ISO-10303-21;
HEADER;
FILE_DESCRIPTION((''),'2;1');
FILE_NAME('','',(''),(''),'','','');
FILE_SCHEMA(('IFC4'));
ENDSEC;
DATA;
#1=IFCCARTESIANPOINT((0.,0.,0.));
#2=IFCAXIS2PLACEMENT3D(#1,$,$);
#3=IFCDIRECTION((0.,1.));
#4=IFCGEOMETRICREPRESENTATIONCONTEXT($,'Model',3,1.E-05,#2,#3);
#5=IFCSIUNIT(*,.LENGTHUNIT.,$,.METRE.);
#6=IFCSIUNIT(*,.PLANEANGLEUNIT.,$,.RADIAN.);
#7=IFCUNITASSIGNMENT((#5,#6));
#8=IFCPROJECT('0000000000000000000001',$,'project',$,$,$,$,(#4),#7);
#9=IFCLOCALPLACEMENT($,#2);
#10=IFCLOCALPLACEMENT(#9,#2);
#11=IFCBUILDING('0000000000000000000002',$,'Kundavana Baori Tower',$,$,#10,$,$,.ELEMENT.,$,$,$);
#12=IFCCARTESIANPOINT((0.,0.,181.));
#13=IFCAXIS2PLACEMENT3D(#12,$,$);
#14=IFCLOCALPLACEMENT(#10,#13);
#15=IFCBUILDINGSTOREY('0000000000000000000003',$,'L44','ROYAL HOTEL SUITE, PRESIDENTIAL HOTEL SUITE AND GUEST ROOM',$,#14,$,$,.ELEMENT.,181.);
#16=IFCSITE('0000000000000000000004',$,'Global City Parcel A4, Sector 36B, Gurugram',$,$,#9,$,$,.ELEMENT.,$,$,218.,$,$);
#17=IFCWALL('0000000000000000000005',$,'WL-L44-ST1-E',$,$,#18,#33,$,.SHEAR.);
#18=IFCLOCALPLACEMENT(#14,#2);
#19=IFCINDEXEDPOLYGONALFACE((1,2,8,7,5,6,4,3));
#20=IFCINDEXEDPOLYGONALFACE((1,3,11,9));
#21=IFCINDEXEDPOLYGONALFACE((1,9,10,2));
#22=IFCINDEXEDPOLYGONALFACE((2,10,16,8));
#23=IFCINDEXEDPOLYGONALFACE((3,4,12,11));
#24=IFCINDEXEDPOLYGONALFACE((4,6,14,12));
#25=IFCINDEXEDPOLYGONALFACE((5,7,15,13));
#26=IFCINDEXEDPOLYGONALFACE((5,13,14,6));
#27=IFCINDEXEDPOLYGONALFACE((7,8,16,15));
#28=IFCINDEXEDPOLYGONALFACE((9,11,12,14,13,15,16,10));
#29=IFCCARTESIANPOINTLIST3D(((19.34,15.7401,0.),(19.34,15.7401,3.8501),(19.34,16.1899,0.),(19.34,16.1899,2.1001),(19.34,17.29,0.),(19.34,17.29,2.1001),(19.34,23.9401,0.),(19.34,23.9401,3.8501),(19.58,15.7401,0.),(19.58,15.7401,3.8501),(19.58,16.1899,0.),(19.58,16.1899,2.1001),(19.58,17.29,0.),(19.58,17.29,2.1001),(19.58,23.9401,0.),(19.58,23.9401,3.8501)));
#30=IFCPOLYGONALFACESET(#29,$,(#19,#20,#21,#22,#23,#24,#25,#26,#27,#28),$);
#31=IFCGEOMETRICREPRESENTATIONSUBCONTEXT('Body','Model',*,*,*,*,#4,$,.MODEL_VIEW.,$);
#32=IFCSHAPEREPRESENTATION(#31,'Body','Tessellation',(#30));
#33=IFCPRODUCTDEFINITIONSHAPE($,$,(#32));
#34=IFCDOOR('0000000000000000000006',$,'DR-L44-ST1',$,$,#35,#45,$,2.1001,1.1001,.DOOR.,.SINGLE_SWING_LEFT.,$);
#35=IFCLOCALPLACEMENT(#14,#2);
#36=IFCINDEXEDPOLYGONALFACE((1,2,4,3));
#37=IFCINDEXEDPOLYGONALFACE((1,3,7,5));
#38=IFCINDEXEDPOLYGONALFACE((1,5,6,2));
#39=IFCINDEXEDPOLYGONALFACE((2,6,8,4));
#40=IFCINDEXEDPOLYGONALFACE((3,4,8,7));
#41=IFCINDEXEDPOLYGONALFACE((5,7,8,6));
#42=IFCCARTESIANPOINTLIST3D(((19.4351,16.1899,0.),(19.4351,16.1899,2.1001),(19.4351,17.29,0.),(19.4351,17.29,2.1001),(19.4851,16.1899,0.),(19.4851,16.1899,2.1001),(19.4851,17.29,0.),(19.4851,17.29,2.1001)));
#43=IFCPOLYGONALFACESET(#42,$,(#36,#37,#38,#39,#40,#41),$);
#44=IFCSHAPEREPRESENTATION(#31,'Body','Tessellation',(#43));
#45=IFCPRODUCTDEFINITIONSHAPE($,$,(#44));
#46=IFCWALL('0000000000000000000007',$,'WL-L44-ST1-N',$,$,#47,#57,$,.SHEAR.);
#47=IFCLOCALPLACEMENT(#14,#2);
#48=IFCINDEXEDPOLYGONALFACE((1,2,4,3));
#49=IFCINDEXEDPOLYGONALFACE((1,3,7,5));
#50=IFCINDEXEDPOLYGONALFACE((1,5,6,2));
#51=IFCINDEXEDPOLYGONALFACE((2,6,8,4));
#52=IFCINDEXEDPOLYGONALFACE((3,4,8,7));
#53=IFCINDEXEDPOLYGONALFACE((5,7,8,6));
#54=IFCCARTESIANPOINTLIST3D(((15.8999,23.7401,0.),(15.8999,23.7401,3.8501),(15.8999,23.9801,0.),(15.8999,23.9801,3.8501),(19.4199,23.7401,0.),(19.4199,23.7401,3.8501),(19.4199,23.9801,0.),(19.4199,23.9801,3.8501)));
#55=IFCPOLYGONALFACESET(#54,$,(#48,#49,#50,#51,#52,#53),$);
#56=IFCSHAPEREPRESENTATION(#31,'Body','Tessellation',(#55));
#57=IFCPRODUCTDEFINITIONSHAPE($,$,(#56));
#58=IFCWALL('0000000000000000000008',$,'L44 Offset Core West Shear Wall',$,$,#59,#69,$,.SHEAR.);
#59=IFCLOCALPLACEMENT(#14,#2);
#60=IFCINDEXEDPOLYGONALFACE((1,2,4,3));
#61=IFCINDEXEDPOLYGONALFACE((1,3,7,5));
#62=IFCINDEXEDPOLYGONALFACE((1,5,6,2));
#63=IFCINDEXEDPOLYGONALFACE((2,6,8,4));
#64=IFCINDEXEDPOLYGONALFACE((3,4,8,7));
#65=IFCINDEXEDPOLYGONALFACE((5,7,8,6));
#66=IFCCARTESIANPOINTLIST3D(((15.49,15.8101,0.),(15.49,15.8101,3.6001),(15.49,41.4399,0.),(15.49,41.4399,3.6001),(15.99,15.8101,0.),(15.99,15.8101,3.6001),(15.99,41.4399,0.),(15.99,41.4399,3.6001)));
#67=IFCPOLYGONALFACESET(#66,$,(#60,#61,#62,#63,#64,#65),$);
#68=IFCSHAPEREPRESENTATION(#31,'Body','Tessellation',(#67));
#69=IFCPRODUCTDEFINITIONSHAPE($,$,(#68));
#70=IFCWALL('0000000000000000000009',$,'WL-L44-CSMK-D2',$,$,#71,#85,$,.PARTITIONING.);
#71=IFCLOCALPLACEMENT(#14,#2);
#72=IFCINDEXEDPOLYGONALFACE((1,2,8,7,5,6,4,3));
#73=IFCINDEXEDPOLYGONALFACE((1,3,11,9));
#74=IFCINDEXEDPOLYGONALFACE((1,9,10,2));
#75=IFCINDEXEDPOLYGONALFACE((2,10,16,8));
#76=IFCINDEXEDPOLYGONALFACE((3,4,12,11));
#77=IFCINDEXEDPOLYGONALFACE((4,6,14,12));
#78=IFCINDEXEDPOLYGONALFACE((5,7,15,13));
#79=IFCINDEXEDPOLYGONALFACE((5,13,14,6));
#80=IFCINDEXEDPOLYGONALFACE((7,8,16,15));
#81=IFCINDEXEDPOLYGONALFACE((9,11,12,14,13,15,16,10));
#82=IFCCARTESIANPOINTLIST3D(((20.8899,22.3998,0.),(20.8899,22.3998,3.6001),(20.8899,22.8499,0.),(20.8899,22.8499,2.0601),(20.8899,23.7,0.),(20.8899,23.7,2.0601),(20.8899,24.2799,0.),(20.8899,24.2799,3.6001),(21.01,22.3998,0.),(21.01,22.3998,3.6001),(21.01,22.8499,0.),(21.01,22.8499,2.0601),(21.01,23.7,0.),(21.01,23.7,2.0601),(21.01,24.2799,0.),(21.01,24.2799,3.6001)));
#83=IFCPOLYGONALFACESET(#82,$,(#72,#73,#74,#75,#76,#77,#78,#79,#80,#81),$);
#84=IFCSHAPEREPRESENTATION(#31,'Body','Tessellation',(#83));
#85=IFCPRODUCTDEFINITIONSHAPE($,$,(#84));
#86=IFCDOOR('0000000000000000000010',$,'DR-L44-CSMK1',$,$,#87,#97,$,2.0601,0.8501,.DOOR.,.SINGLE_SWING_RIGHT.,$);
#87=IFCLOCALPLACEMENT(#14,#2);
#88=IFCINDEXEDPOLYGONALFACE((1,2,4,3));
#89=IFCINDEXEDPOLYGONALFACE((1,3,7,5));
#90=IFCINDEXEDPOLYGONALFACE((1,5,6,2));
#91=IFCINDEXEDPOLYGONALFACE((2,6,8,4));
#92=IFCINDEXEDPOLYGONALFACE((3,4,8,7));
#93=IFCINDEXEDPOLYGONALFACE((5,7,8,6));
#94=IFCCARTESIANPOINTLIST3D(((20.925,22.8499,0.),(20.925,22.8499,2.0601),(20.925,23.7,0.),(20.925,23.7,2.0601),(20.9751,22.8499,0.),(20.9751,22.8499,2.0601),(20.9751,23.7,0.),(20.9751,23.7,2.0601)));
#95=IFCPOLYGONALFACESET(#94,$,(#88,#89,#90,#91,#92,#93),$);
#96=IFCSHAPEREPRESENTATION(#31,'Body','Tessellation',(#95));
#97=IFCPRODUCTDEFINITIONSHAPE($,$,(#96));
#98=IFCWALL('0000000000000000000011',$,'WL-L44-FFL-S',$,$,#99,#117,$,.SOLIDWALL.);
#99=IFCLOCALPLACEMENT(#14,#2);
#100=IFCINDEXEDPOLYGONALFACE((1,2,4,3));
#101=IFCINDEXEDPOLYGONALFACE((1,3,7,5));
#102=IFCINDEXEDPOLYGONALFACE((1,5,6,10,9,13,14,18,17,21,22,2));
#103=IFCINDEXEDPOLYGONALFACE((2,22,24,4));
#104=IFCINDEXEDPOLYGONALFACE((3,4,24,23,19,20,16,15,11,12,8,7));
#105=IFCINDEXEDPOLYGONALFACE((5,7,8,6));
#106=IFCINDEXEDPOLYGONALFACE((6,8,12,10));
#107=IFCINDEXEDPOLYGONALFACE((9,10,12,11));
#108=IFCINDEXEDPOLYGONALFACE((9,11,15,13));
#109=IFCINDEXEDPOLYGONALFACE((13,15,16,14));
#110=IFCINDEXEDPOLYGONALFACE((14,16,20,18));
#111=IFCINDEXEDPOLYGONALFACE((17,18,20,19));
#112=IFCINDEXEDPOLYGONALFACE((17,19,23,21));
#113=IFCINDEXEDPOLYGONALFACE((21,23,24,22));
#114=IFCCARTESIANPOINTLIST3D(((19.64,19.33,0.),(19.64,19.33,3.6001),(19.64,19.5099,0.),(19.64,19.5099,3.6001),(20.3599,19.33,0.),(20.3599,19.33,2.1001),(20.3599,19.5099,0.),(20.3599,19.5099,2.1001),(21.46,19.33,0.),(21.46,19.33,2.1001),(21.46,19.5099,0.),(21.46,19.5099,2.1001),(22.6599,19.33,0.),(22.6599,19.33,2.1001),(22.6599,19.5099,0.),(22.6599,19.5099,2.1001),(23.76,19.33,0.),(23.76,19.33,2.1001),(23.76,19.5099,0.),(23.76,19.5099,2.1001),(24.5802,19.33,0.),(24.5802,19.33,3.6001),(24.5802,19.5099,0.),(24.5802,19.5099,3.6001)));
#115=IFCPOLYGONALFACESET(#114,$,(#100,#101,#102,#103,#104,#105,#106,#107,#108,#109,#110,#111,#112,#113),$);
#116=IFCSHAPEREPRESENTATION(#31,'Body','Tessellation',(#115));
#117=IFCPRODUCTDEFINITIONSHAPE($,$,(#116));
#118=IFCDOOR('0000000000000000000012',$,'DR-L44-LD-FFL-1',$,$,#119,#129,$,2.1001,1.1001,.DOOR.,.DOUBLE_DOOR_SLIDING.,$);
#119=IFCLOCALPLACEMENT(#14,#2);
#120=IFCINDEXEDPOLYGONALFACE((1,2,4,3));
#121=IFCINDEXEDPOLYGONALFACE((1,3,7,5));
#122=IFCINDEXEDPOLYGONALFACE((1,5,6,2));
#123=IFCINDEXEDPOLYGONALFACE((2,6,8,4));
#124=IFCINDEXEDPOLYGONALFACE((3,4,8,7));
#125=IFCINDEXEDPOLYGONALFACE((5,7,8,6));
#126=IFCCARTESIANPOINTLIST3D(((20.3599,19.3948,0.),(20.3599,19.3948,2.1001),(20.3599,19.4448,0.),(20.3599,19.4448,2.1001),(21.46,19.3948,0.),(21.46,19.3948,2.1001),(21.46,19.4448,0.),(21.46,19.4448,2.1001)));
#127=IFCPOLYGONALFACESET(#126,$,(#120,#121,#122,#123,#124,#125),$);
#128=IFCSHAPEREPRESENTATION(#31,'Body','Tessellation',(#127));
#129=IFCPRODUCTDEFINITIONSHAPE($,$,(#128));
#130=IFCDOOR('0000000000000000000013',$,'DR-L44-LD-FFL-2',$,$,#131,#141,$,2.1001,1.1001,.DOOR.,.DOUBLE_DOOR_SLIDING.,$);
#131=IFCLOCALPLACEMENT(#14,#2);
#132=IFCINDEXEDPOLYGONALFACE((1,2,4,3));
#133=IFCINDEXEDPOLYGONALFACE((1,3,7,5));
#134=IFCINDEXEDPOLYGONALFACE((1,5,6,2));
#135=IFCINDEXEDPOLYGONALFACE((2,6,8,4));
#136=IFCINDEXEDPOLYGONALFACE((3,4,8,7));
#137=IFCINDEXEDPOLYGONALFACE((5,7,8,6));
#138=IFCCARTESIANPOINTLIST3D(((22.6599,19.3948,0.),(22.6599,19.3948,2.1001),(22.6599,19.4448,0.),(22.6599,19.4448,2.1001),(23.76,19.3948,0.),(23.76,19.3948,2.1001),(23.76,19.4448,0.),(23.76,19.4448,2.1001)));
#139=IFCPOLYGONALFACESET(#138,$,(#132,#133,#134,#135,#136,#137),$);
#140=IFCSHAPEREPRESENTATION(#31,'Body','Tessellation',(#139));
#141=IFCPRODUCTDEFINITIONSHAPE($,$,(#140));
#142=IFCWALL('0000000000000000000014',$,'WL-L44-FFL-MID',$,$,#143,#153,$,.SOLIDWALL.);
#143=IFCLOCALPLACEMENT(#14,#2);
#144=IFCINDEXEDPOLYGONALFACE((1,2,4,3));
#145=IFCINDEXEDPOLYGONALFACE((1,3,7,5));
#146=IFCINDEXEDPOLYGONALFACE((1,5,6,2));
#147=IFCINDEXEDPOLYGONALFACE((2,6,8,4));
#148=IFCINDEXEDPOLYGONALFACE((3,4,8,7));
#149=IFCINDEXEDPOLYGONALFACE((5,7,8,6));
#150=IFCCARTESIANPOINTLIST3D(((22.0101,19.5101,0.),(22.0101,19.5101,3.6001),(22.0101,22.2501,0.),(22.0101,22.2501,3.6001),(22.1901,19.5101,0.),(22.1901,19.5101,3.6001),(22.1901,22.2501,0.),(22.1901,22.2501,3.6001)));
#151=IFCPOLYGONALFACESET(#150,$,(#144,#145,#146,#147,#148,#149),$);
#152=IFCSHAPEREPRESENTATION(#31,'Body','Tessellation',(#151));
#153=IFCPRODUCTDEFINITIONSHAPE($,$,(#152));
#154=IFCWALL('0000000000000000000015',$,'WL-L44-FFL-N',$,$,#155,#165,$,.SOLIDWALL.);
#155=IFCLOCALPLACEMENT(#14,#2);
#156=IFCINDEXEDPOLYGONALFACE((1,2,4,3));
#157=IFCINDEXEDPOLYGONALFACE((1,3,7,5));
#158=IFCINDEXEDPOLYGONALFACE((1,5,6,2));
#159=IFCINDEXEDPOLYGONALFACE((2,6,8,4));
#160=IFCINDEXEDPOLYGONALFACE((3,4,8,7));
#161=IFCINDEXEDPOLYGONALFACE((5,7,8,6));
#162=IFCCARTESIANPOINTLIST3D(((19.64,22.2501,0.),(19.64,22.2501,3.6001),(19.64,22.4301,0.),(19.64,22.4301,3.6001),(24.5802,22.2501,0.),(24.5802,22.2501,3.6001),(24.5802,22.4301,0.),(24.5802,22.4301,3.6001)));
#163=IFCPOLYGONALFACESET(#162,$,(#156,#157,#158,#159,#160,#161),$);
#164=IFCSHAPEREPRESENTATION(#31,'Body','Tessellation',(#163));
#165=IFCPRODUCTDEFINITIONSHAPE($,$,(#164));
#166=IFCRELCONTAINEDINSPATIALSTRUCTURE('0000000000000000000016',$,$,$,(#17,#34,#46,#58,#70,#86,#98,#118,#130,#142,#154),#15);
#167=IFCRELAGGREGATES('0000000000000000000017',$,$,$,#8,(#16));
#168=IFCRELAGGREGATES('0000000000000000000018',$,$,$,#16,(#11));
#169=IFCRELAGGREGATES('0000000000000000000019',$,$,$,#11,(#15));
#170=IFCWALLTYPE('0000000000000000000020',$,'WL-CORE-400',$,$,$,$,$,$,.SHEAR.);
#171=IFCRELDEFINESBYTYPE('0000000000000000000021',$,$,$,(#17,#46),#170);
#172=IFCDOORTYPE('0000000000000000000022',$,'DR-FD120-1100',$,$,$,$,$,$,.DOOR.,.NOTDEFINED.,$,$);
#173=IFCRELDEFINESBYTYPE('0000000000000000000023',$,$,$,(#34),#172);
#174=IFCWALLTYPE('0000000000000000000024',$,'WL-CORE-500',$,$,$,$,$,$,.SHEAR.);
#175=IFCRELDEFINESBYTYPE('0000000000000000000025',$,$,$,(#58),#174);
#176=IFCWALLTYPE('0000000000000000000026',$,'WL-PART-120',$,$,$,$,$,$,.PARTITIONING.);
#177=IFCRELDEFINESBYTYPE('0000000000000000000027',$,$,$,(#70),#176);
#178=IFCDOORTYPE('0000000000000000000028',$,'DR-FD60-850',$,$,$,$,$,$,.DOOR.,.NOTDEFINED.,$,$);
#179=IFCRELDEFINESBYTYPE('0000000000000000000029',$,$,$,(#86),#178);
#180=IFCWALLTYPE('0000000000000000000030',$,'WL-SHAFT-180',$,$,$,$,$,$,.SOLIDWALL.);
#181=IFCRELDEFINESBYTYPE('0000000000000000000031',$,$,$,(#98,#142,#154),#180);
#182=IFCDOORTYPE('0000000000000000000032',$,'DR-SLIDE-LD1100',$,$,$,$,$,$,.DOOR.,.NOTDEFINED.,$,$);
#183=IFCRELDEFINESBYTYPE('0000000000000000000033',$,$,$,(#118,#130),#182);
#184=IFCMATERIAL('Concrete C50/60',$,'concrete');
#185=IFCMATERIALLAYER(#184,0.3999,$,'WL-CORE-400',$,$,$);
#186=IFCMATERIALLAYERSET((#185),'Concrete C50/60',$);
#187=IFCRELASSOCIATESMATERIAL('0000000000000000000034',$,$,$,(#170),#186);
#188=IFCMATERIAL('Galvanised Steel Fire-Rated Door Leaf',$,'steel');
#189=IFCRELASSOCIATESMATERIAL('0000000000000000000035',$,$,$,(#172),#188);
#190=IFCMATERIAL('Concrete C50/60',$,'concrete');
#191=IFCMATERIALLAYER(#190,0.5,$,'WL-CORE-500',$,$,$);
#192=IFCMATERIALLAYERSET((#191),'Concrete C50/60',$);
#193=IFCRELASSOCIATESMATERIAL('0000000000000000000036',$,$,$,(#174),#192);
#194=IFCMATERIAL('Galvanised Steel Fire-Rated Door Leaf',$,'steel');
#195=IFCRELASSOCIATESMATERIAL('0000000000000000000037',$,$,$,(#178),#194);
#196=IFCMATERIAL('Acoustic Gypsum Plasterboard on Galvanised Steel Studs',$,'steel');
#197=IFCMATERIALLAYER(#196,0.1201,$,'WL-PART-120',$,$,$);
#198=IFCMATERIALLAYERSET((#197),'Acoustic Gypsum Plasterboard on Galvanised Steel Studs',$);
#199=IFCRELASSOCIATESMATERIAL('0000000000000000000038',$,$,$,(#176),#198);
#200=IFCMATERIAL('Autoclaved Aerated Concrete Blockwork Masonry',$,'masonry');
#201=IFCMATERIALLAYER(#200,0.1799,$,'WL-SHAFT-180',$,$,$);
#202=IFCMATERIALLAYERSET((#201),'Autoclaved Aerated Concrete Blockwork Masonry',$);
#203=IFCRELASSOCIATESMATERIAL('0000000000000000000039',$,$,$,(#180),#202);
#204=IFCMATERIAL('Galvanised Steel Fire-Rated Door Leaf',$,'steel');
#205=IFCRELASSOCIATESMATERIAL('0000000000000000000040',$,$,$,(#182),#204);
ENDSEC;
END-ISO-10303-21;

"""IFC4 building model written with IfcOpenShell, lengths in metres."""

from ifc_helpers import new_model, si_unit, direction, frame, frame_2d, origin, place, context, subcontext, project, spatial, rectangle, extrude, material, layer, layer_set, type_object, element, fill, save


model = new_model("IFC4")

# Units and contexts
model_context = context("Model", 3, precision=1e-05, world=origin(), true_north=direction((0.0, 1.0)))
body_context = subcontext(model_context, "Body", "Model", "MODEL_VIEW")
ifc_project = project(units=[si_unit("LENGTHUNIT", "METRE"), si_unit("PLANEANGLEUNIT", "RADIAN")], contexts=[model_context])

# Site, building, storey
site_placement = place(None, origin())
site = spatial("IfcSite", under=ifc_project, at=site_placement, Name="Global City Parcel A4, Sector 36B, Gurugram", CompositionType="ELEMENT", RefElevation=218.0)
building_placement = place(site_placement, origin())
building = spatial("IfcBuilding", under=site, at=building_placement, Name="Kundavana Baori Tower", CompositionType="ELEMENT")
storey_placement = place(building_placement, frame((0.0, 0.0, 181.0)))
storey = spatial("IfcBuildingStorey", under=building, at=storey_placement, Name="L44", Description="ROYAL HOTEL SUITE, PRESIDENTIAL HOTEL SUITE AND GUEST ROOM", CompositionType="ELEMENT", Elevation=181.0)

# Wall, opening, door
ifc_material_1 = material(Name="Concrete C50/60", Category="concrete")
ifc_layer_1 = layer(ifc_material_1, 0.3999, Name="WL-CORE-400")
ifc_layer_set_1 = layer_set([ifc_layer_1], Name="Concrete C50/60")
wall_type_1 = type_object("IfcWallType", Name="WL-CORE-400", PredefinedType="SHEAR", material=ifc_layer_set_1)
wall_1_placement = place(storey_placement, frame((19.46, 15.74, 0.0), z_axis=(0.0, 0.0, 1.0), x_axis=(0.0, 1.0, 0.0)))
wall_1 = element("IfcWall", 1, at=wall_1_placement, inside=storey, type_object=wall_type_1, Name="WL-L44-ST1-E", PredefinedType="SHEAR", context=body_context, shape_type="SweptSolid", body=[
    extrude(rectangle(XDim=8.2, YDim=0.24, at=frame_2d((4.1001, 0.0))), origin(), (0.0, 0.0, 1.0), 3.8501),
])
opening_1_placement = place(wall_1_placement, frame((0.45, 0.0, 0.0)))
opening_1 = element("IfcOpeningElement", 2, at=opening_1_placement, cuts=wall_1, PredefinedType="OPENING", context=body_context, shape_type="SweptSolid", body=[
    extrude(rectangle(XDim=1.1001, YDim=2.1001, at=frame_2d((0.55, 1.05))), frame((0.0, 0.1299, 0.0), z_axis=(0.0, -1.0, 0.0), x_axis=(1.0, 0.0, 0.0)), (0.0, 0.0, 1.0), 0.26),
])
ifc_material_2 = material(Name="Galvanised Steel Fire-Rated Door Leaf", Category="steel")
door_type_1 = type_object("IfcDoorType", Name="DR-FD120-1100", OperationType="NOTDEFINED", PredefinedType="DOOR", material=ifc_material_2)
door_1_placement = place(opening_1_placement, origin())
door_1 = element("IfcDoor", 3, at=door_1_placement, inside=storey, type_object=door_type_1, Name="DR-L44-ST1", OperationType="SINGLE_SWING_LEFT", OverallHeight=2.1001, OverallWidth=1.1001, PredefinedType="DOOR", context=body_context, shape_type="SweptSolid", body=[
    extrude(rectangle(XDim=1.1001, YDim=2.1001, at=frame_2d((0.55, 1.05))), frame((0.0, 0.0249, 0.0), z_axis=(0.0, -1.0, 0.0), x_axis=(1.0, 0.0, 0.0)), (0.0, 0.0, 1.0), 0.05),
])
fill(opening_1, door_1)

# Walls
wall_2_placement = place(storey_placement, frame((15.8999, 23.8601, 0.0), z_axis=(0.0, 0.0, 1.0), x_axis=(1.0, 0.0, 0.0)))
element("IfcWall", 4, at=wall_2_placement, inside=storey, type_object=wall_type_1, Name="WL-L44-ST1-N", PredefinedType="SHEAR", context=body_context, shape_type="SweptSolid", body=[
    extrude(rectangle(XDim=3.52, YDim=0.24, at=frame_2d((1.76, 0.0))), origin(), (0.0, 0.0, 1.0), 3.8501),
])
ifc_material_3 = material(Name="Concrete C50/60", Category="concrete")
ifc_layer_2 = layer(ifc_material_3, 0.5, Name="WL-CORE-500")
ifc_layer_set_2 = layer_set([ifc_layer_2], Name="Concrete C50/60")
wall_type_2 = type_object("IfcWallType", Name="WL-CORE-500", PredefinedType="SHEAR", material=ifc_layer_set_2)
wall_3_placement = place(storey_placement, frame((15.74, 15.8101, 0.0), z_axis=(0.0, 0.0, 1.0), x_axis=(0.0, 1.0, 0.0)))
element("IfcWall", 5, at=wall_3_placement, inside=storey, type_object=wall_type_2, Name="L44 Offset Core West Shear Wall", PredefinedType="SHEAR", context=body_context, shape_type="SweptSolid", body=[
    extrude(rectangle(XDim=25.6299, YDim=0.5, at=frame_2d((12.8149, 0.0))), origin(), (0.0, 0.0, 1.0), 3.6001),
])

# Shared definitions
ifc_material_4 = material(Name="Galvanised Steel Fire-Rated Door Leaf", Category="steel")
door_type_2 = type_object("IfcDoorType", Name="DR-FD60-850", OperationType="NOTDEFINED", PredefinedType="DOOR", material=ifc_material_4)

# Wall, opening, door
ifc_material_5 = material(Name="Acoustic Gypsum Plasterboard on Galvanised Steel Studs", Category="steel")
ifc_layer_3 = layer(ifc_material_5, 0.1201, Name="WL-PART-120")
ifc_layer_set_3 = layer_set([ifc_layer_3], Name="Acoustic Gypsum Plasterboard on Galvanised Steel Studs")
wall_type_3 = type_object("IfcWallType", Name="WL-PART-120", PredefinedType="PARTITIONING", material=ifc_layer_set_3)
wall_4_placement = place(storey_placement, frame((20.95, 22.3999, 0.0), z_axis=(0.0, 0.0, 1.0), x_axis=(0.0, 1.0, 0.0)))
wall_4 = element("IfcWall", 6, at=wall_4_placement, inside=storey, type_object=wall_type_3, Name="WL-L44-CSMK-D2", PredefinedType="PARTITIONING", context=body_context, shape_type="SweptSolid", body=[
    extrude(rectangle(XDim=1.8801, YDim=0.1201, at=frame_2d((0.9399, 0.0))), origin(), (0.0, 0.0, 1.0), 3.6001),
])
opening_2_placement = place(wall_4_placement, frame((0.45, 0.0, 0.0)))
opening_2 = element("IfcOpeningElement", 7, at=opening_2_placement, cuts=wall_4, PredefinedType="OPENING", context=body_context, shape_type="SweptSolid", body=[
    extrude(rectangle(XDim=0.8501, YDim=2.0601, at=frame_2d((0.425, 1.03))), frame((0.0, 0.0701, 0.0), z_axis=(0.0, -1.0, 0.0), x_axis=(1.0, 0.0, 0.0)), (0.0, 0.0, 1.0), 0.1401),
])
door_2_placement = place(opening_2_placement, origin())
door_2 = element("IfcDoor", 8, at=door_2_placement, inside=storey, type_object=door_type_2, Name="DR-L44-CSMK1", OperationType="SINGLE_SWING_RIGHT", OverallHeight=2.0601, OverallWidth=0.8501, PredefinedType="DOOR", context=body_context, shape_type="SweptSolid", body=[
    extrude(rectangle(XDim=0.8501, YDim=2.0601, at=frame_2d((0.425, 1.03))), frame((0.0, 0.0249, 0.0), z_axis=(0.0, -1.0, 0.0), x_axis=(1.0, 0.0, 0.0)), (0.0, 0.0, 1.0), 0.05),
])
fill(opening_2, door_2)

# Wall, openings, doors
ifc_material_6 = material(Name="Autoclaved Aerated Concrete Blockwork Masonry", Category="masonry")
ifc_layer_4 = layer(ifc_material_6, 0.1799, Name="WL-SHAFT-180")
ifc_layer_set_4 = layer_set([ifc_layer_4], Name="Autoclaved Aerated Concrete Blockwork Masonry")
wall_type_4 = type_object("IfcWallType", Name="WL-SHAFT-180", PredefinedType="SOLIDWALL", material=ifc_layer_set_4)
wall_5_placement = place(storey_placement, frame((19.6399, 19.4199, 0.0), z_axis=(0.0, 0.0, 1.0), x_axis=(1.0, 0.0, 0.0)))
wall_5 = element("IfcWall", 9, at=wall_5_placement, inside=storey, type_object=wall_type_4, Name="WL-L44-FFL-S", PredefinedType="SOLIDWALL", context=body_context, shape_type="SweptSolid", body=[
    extrude(rectangle(XDim=4.9402, YDim=0.1799, at=frame_2d((2.4702, 0.0))), origin(), (0.0, 0.0, 1.0), 3.6001),
])
opening_3_placement = place(wall_5_placement, frame((0.72, 0.0, 0.0)))
opening_3 = element("IfcOpeningElement", 10, at=opening_3_placement, cuts=wall_5, PredefinedType="OPENING", context=body_context, shape_type="SweptSolid", body=[
    extrude(rectangle(XDim=1.1001, YDim=2.1001, at=frame_2d((0.55, 1.05))), frame((0.0, 0.1001, 0.0), z_axis=(0.0, -1.0, 0.0), x_axis=(1.0, 0.0, 0.0)), (0.0, 0.0, 1.0), 0.2),
])
opening_4_placement = place(wall_5_placement, frame((3.02, 0.0, 0.0)))
opening_4 = element("IfcOpeningElement", 11, at=opening_4_placement, cuts=wall_5, PredefinedType="OPENING", context=body_context, shape_type="SweptSolid", body=[
    extrude(rectangle(XDim=1.1001, YDim=2.1001, at=frame_2d((0.55, 1.05))), frame((0.0, 0.1001, 0.0), z_axis=(0.0, -1.0, 0.0), x_axis=(1.0, 0.0, 0.0)), (0.0, 0.0, 1.0), 0.2),
])
ifc_material_7 = material(Name="Galvanised Steel Fire-Rated Door Leaf", Category="steel")
door_type_3 = type_object("IfcDoorType", Name="DR-SLIDE-LD1100", OperationType="NOTDEFINED", PredefinedType="DOOR", material=ifc_material_7)
door_3_placement = place(opening_3_placement, origin())
door_3 = element("IfcDoor", 12, at=door_3_placement, inside=storey, type_object=door_type_3, Name="DR-L44-LD-FFL-1", OperationType="DOUBLE_DOOR_SLIDING", OverallHeight=2.1001, OverallWidth=1.1001, PredefinedType="DOOR", context=body_context, shape_type="SweptSolid", body=[
    extrude(rectangle(XDim=1.1001, YDim=2.1001, at=frame_2d((0.55, 1.05))), frame((0.0, 0.0249, 0.0), z_axis=(0.0, -1.0, 0.0), x_axis=(1.0, 0.0, 0.0)), (0.0, 0.0, 1.0), 0.05),
])
fill(opening_3, door_3)
door_4_placement = place(opening_4_placement, origin())
door_4 = element("IfcDoor", 13, at=door_4_placement, inside=storey, type_object=door_type_3, Name="DR-L44-LD-FFL-2", OperationType="DOUBLE_DOOR_SLIDING", OverallHeight=2.1001, OverallWidth=1.1001, PredefinedType="DOOR", context=body_context, shape_type="SweptSolid", body=[
    extrude(rectangle(XDim=1.1001, YDim=2.1001, at=frame_2d((0.55, 1.05))), frame((0.0, 0.0249, 0.0), z_axis=(0.0, -1.0, 0.0), x_axis=(1.0, 0.0, 0.0)), (0.0, 0.0, 1.0), 0.05),
])
fill(opening_4, door_4)

# Walls
wall_6_placement = place(storey_placement, frame((22.1001, 19.51, 0.0), z_axis=(0.0, 0.0, 1.0), x_axis=(0.0, 1.0, 0.0)))
element("IfcWall", 14, at=wall_6_placement, inside=storey, type_object=wall_type_4, Name="WL-L44-FFL-MID", PredefinedType="SOLIDWALL", context=body_context, shape_type="SweptSolid", body=[
    extrude(rectangle(XDim=2.74, YDim=0.1799, at=frame_2d((1.3701, 0.0))), origin(), (0.0, 0.0, 1.0), 3.6001),
])
wall_7_placement = place(storey_placement, frame((19.6399, 22.3401, 0.0), z_axis=(0.0, 0.0, 1.0), x_axis=(1.0, 0.0, 0.0)))
element("IfcWall", 15, at=wall_7_placement, inside=storey, type_object=wall_type_4, Name="WL-L44-FFL-N", PredefinedType="SOLIDWALL", context=body_context, shape_type="SweptSolid", body=[
    extrude(rectangle(XDim=4.9402, YDim=0.1799, at=frame_2d((2.4702, 0.0))), origin(), (0.0, 0.0, 1.0), 3.6001),
])

save(model, "model.ifc")
